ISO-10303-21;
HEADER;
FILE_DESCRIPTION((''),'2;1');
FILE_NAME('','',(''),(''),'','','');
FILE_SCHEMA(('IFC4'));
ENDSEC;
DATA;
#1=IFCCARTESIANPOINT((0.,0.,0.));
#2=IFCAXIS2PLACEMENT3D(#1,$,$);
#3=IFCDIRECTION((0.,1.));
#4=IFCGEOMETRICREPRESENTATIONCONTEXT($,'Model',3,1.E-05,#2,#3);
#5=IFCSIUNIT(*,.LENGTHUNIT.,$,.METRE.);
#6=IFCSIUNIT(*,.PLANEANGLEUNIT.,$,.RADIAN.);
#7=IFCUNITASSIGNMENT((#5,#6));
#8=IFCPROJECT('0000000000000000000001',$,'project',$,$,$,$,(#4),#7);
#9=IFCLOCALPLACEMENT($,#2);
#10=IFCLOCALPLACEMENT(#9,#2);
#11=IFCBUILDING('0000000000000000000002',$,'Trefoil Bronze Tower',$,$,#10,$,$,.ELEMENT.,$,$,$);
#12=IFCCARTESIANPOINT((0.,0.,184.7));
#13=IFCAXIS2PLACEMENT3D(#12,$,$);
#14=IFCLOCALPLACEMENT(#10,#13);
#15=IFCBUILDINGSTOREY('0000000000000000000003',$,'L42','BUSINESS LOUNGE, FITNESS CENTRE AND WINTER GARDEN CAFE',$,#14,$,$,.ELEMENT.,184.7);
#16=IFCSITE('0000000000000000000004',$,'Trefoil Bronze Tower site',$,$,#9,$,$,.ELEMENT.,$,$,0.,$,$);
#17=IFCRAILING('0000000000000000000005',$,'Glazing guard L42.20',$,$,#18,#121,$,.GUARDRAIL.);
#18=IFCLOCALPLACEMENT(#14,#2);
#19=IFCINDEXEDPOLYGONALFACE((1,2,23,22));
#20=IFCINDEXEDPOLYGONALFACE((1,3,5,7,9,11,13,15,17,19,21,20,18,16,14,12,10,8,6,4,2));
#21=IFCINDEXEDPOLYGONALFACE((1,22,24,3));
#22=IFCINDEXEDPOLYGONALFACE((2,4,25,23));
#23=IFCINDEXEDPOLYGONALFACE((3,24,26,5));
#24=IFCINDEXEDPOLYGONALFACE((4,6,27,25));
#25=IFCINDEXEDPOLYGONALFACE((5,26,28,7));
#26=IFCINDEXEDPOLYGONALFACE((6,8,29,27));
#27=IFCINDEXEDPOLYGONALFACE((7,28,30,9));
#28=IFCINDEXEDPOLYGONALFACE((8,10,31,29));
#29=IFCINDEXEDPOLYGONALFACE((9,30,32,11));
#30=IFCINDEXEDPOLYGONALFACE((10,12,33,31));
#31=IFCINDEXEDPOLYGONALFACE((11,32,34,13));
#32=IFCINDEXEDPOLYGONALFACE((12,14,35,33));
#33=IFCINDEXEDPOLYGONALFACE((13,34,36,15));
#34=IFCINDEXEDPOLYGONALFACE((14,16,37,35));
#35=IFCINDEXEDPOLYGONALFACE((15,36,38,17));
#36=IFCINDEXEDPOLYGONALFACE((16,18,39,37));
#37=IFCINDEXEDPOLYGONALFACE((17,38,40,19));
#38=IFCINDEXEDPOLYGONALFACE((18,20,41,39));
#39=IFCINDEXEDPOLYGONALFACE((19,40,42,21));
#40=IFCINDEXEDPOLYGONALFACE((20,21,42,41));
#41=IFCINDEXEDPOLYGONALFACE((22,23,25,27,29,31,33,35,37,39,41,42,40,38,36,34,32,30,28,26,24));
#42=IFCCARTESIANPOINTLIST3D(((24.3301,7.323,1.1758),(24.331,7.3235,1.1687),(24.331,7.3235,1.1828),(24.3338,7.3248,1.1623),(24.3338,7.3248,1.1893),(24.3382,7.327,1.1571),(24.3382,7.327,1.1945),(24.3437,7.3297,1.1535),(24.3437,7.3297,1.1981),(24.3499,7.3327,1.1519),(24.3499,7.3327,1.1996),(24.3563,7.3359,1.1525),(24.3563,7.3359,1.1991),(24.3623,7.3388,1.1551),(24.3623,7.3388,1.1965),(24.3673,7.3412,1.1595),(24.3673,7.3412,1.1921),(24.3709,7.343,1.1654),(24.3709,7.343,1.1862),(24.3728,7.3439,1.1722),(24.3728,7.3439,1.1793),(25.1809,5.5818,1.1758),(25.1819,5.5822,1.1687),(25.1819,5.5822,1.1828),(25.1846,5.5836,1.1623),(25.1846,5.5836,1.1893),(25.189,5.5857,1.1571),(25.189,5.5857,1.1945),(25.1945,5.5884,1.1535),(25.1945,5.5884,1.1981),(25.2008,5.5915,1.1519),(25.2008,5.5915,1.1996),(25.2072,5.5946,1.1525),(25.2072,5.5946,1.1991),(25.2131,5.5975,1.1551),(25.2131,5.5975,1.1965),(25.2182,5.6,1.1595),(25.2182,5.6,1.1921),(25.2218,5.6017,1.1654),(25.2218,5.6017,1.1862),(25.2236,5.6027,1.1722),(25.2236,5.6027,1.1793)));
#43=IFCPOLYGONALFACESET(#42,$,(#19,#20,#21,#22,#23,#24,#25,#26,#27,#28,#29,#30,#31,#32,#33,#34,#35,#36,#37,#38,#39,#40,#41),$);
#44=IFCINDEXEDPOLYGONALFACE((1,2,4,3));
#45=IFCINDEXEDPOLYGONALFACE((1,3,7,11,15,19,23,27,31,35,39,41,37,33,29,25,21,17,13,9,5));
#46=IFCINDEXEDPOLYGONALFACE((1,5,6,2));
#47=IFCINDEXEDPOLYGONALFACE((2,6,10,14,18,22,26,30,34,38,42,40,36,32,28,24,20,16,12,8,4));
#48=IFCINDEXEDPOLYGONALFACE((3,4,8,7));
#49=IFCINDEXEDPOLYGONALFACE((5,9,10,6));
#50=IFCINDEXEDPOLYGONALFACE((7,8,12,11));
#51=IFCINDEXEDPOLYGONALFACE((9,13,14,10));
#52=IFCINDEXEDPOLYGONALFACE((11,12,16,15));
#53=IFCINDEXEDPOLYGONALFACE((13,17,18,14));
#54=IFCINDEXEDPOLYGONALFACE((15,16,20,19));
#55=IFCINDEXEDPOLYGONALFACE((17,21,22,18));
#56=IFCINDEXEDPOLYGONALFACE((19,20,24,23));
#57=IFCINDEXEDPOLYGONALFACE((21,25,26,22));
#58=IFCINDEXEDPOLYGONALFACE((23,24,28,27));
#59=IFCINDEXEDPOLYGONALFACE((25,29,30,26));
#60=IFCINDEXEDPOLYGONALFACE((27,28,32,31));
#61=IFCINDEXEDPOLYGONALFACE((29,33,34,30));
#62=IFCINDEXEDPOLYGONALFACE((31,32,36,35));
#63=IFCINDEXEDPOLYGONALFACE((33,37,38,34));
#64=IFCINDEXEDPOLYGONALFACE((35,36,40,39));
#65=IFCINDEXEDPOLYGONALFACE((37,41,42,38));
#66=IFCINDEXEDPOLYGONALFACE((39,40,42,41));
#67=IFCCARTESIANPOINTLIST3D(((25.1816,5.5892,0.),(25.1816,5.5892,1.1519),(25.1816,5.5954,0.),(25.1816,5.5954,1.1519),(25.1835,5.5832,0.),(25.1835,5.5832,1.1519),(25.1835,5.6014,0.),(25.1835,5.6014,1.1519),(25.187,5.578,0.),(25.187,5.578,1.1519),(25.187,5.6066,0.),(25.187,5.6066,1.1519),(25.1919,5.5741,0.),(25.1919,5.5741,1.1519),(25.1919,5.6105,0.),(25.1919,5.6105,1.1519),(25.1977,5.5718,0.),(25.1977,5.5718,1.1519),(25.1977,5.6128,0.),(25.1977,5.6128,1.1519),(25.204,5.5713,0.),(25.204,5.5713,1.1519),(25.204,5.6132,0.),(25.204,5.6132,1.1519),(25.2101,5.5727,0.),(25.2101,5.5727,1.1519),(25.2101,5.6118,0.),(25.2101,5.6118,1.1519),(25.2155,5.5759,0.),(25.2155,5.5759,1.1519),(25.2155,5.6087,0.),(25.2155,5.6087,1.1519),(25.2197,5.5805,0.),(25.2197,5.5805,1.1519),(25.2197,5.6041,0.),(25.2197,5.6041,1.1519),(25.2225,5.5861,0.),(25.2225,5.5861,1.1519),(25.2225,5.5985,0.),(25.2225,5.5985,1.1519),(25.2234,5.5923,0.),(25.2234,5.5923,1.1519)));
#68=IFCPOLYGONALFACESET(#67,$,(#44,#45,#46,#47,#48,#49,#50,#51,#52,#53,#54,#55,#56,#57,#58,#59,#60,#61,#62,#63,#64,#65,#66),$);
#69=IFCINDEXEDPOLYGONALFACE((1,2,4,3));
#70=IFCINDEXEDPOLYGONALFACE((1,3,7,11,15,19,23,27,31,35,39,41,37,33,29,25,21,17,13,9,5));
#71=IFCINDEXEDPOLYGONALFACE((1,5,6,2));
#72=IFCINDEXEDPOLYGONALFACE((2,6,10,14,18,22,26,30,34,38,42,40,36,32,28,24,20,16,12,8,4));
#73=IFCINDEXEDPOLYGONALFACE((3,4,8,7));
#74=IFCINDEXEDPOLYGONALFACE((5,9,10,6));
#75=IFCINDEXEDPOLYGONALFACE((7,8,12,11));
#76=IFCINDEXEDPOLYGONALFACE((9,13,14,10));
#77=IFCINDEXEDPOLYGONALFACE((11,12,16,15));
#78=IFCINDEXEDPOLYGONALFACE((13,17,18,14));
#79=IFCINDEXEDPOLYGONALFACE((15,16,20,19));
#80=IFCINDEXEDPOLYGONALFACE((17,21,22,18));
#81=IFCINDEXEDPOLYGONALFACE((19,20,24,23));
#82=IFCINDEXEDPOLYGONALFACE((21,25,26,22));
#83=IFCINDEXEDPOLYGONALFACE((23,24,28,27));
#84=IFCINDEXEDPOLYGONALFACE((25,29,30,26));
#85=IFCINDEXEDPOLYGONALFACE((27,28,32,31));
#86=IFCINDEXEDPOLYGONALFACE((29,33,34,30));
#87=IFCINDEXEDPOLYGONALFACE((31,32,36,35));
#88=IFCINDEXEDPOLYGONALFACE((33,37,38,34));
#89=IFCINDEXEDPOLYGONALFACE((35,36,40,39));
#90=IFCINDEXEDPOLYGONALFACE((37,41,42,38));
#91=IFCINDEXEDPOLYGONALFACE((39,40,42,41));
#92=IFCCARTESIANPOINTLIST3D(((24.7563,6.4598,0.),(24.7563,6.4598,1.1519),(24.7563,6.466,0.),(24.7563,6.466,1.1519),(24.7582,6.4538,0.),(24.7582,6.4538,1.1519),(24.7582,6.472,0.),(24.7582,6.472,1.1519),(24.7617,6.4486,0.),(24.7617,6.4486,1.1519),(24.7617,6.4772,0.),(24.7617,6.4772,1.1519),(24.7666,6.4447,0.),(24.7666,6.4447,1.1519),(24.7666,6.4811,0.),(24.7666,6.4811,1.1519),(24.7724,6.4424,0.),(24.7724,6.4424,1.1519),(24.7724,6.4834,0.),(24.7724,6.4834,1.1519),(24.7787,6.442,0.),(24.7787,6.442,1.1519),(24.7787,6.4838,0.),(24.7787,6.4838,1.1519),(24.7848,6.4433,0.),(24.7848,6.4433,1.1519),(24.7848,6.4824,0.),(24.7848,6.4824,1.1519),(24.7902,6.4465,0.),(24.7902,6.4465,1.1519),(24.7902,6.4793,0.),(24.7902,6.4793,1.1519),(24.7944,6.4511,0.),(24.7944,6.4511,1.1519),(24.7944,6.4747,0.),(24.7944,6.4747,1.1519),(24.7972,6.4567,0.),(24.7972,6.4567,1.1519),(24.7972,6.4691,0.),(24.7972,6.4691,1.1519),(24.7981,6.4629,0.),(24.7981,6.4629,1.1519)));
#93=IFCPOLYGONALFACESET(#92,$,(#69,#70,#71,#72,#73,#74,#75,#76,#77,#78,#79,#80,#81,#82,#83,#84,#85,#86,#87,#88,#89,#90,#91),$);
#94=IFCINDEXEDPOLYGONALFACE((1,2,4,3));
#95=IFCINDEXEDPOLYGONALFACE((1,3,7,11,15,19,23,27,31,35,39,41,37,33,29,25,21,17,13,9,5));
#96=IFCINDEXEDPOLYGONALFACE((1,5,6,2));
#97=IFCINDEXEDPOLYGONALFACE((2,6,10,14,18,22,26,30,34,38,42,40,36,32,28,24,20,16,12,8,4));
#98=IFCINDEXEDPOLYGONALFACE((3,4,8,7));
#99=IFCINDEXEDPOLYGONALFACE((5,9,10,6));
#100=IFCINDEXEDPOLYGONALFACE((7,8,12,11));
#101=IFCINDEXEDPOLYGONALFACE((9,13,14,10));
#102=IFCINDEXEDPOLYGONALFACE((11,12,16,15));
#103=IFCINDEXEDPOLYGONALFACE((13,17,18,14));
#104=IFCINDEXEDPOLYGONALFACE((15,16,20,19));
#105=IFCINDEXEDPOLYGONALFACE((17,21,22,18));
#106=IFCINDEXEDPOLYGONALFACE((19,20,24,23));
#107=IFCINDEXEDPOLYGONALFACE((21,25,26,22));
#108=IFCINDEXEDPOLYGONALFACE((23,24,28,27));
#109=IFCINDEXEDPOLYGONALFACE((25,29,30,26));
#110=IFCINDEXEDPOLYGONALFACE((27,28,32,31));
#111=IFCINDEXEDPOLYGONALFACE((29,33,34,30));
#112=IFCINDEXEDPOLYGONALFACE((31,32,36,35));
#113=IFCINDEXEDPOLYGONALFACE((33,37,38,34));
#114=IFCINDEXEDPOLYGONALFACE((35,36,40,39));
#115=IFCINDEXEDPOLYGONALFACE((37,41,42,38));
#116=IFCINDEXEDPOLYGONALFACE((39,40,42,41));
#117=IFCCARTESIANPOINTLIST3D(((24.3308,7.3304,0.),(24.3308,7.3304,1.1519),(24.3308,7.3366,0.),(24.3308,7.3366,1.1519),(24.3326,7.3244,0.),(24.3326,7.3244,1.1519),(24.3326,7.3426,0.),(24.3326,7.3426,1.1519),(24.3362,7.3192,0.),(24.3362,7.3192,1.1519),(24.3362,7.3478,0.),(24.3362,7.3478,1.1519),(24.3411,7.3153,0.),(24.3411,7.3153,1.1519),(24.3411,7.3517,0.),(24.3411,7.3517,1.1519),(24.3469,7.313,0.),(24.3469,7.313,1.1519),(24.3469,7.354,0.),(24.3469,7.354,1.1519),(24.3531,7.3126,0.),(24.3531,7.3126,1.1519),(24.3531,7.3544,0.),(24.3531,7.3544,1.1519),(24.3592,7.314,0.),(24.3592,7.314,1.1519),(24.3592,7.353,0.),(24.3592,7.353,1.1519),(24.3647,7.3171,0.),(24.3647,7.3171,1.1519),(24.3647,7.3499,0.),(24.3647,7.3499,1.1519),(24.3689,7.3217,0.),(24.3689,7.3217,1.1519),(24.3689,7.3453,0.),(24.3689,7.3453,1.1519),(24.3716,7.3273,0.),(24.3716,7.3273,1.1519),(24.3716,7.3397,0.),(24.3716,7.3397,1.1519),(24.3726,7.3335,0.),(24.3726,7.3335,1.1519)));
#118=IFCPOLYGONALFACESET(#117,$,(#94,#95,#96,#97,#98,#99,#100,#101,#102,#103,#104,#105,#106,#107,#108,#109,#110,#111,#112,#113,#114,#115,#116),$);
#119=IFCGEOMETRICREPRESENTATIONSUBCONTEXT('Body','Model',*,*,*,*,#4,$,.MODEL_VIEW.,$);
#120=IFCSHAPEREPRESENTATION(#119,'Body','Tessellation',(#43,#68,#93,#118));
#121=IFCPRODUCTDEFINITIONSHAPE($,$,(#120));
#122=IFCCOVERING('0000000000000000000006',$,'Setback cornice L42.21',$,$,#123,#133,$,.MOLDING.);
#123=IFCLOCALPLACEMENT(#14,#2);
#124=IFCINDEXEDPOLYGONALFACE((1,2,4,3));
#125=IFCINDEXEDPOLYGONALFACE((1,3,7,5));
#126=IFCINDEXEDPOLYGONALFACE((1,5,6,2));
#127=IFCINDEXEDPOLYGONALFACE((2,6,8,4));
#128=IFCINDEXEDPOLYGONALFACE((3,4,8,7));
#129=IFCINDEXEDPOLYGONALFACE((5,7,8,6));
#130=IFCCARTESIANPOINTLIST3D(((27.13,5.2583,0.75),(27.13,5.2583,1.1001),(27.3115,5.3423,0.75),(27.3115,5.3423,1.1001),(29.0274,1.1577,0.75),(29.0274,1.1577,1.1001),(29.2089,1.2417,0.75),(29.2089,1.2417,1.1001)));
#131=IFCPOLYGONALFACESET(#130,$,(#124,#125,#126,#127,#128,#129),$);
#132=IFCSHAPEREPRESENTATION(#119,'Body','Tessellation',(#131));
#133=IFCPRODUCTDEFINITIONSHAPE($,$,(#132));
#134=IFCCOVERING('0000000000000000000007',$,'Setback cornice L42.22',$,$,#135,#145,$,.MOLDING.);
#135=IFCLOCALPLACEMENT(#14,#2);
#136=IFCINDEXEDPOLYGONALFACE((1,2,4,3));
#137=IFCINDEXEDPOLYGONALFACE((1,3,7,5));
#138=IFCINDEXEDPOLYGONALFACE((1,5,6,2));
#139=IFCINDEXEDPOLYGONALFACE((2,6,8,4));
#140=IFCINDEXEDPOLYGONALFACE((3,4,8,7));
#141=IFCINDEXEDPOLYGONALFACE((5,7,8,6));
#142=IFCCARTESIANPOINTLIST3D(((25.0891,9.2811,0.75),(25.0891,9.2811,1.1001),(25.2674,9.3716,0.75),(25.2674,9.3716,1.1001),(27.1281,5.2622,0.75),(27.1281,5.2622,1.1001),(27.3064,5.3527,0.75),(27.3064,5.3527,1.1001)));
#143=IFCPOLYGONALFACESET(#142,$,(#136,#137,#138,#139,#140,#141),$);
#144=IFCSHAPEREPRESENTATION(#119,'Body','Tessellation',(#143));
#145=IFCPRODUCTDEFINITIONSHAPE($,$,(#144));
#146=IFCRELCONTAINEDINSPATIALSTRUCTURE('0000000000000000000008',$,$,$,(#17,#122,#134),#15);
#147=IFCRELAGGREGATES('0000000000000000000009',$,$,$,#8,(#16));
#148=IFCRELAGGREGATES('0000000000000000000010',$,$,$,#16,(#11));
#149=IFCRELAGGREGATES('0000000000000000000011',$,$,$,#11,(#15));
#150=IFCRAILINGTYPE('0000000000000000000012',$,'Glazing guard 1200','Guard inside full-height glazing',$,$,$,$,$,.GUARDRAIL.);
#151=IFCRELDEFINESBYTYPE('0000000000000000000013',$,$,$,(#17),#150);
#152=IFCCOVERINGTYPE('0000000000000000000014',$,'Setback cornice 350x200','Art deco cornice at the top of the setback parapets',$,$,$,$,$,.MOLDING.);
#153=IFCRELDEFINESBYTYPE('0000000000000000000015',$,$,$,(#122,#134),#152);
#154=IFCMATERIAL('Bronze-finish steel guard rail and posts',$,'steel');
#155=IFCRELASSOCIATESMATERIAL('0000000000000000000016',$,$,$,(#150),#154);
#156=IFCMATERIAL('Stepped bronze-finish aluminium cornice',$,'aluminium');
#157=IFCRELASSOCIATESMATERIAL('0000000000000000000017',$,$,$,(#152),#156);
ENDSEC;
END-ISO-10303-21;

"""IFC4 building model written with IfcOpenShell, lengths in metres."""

from ifc_helpers import new_model, si_unit, direction, frame, origin, origin_2d, place, context, subcontext, project, spatial, rectangle, circle, extrude, material, type_object, element, save


model = new_model("IFC4")

# Units and contexts
model_context = context("Model", 3, precision=1e-05, world=origin(), true_north=direction((0.0, 1.0)))
body_context = subcontext(model_context, "Body", "Model", "MODEL_VIEW")
ifc_project = project(units=[si_unit("LENGTHUNIT", "METRE"), si_unit("PLANEANGLEUNIT", "RADIAN")], contexts=[model_context])

# Site, building, storey
site_placement = place(None, origin())
site = spatial("IfcSite", under=ifc_project, at=site_placement, Name="Trefoil Bronze Tower site", CompositionType="ELEMENT", RefElevation=0.0)
building_placement = place(site_placement, origin())
building = spatial("IfcBuilding", under=site, at=building_placement, Name="Trefoil Bronze Tower", CompositionType="ELEMENT")
storey_placement = place(building_placement, frame((0.0, 0.0, 184.7)))
storey = spatial("IfcBuildingStorey", under=building, at=storey_placement, Name="L42", Description="BUSINESS LOUNGE, FITNESS CENTRE AND WINTER GARDEN CAFE", CompositionType="ELEMENT", Elevation=184.7)

# Railing
ifc_material_1 = material(Name="Bronze-finish steel guard rail and posts", Category="steel")
railing_type = type_object("IfcRailingType", Name="Glazing guard 1200", Description="Guard inside full-height glazing", PredefinedType="GUARDRAIL", material=ifc_material_1)
railing_1_placement = place(storey_placement, frame((25.2024, 5.5923, 0.0)))
element("IfcRailing", 1, at=railing_1_placement, inside=storey, type_object=railing_type, Name="Glazing guard L42.20", PredefinedType="GUARDRAIL", context=body_context, shape_type="SweptSolid", body=[
    extrude(circle(Radius=0.0239, at=origin_2d()), frame((0.0, 0.0, 1.1758), z_axis=(-0.439032, 0.898472, 0.0), x_axis=(-0.898472, -0.439032, 0.0)), (0.0, 0.0, 1.0), 1.938),
    extrude(circle(Radius=0.021, at=origin_2d()), origin(), (0.0, 0.0, 1.0), 1.1519),
    extrude(circle(Radius=0.021, at=origin_2d()), frame((-0.4253, 0.8706, 0.0)), (0.0, 0.0, 1.0), 1.1519),
    extrude(circle(Radius=0.021, at=origin_2d()), frame((-0.8508, 1.7412, 0.0)), (0.0, 0.0, 1.0), 1.1519),
])

# Coverings
ifc_material_2 = material(Name="Stepped bronze-finish aluminium cornice", Category="aluminium")
covering_type = type_object("IfcCoveringType", Name="Setback cornice 350x200", Description="Art deco cornice at the top of the setback parapets", PredefinedType="MOLDING", material=ifc_material_2)
covering_1_placement = place(storey_placement, frame((28.1694, 3.25, 0.75), z_axis=(0.0, 0.0, 1.0), x_axis=(-0.419933, 0.907555, 0.0)))
element("IfcCovering", 2, at=covering_1_placement, inside=storey, type_object=covering_type, Name="Setback cornice L42.21", PredefinedType="MOLDING", context=body_context, shape_type="SweptSolid", body=[
    extrude(rectangle(XDim=4.5183, YDim=0.2, at=origin_2d()), origin(), (0.0, 0.0, 1.0), 0.3501),
])
covering_2_placement = place(storey_placement, frame((26.1978, 7.3169, 0.75), z_axis=(0.0, 0.0, 1.0), x_axis=(-0.452449, 0.89179, 0.0)))
element("IfcCovering", 3, at=covering_2_placement, inside=storey, type_object=covering_type, Name="Setback cornice L42.22", PredefinedType="MOLDING", context=body_context, shape_type="SweptSolid", body=[
    extrude(rectangle(XDim=4.5066, YDim=0.2, at=origin_2d()), origin(), (0.0, 0.0, 1.0), 0.3501),
])

save(model, "model.ifc")
